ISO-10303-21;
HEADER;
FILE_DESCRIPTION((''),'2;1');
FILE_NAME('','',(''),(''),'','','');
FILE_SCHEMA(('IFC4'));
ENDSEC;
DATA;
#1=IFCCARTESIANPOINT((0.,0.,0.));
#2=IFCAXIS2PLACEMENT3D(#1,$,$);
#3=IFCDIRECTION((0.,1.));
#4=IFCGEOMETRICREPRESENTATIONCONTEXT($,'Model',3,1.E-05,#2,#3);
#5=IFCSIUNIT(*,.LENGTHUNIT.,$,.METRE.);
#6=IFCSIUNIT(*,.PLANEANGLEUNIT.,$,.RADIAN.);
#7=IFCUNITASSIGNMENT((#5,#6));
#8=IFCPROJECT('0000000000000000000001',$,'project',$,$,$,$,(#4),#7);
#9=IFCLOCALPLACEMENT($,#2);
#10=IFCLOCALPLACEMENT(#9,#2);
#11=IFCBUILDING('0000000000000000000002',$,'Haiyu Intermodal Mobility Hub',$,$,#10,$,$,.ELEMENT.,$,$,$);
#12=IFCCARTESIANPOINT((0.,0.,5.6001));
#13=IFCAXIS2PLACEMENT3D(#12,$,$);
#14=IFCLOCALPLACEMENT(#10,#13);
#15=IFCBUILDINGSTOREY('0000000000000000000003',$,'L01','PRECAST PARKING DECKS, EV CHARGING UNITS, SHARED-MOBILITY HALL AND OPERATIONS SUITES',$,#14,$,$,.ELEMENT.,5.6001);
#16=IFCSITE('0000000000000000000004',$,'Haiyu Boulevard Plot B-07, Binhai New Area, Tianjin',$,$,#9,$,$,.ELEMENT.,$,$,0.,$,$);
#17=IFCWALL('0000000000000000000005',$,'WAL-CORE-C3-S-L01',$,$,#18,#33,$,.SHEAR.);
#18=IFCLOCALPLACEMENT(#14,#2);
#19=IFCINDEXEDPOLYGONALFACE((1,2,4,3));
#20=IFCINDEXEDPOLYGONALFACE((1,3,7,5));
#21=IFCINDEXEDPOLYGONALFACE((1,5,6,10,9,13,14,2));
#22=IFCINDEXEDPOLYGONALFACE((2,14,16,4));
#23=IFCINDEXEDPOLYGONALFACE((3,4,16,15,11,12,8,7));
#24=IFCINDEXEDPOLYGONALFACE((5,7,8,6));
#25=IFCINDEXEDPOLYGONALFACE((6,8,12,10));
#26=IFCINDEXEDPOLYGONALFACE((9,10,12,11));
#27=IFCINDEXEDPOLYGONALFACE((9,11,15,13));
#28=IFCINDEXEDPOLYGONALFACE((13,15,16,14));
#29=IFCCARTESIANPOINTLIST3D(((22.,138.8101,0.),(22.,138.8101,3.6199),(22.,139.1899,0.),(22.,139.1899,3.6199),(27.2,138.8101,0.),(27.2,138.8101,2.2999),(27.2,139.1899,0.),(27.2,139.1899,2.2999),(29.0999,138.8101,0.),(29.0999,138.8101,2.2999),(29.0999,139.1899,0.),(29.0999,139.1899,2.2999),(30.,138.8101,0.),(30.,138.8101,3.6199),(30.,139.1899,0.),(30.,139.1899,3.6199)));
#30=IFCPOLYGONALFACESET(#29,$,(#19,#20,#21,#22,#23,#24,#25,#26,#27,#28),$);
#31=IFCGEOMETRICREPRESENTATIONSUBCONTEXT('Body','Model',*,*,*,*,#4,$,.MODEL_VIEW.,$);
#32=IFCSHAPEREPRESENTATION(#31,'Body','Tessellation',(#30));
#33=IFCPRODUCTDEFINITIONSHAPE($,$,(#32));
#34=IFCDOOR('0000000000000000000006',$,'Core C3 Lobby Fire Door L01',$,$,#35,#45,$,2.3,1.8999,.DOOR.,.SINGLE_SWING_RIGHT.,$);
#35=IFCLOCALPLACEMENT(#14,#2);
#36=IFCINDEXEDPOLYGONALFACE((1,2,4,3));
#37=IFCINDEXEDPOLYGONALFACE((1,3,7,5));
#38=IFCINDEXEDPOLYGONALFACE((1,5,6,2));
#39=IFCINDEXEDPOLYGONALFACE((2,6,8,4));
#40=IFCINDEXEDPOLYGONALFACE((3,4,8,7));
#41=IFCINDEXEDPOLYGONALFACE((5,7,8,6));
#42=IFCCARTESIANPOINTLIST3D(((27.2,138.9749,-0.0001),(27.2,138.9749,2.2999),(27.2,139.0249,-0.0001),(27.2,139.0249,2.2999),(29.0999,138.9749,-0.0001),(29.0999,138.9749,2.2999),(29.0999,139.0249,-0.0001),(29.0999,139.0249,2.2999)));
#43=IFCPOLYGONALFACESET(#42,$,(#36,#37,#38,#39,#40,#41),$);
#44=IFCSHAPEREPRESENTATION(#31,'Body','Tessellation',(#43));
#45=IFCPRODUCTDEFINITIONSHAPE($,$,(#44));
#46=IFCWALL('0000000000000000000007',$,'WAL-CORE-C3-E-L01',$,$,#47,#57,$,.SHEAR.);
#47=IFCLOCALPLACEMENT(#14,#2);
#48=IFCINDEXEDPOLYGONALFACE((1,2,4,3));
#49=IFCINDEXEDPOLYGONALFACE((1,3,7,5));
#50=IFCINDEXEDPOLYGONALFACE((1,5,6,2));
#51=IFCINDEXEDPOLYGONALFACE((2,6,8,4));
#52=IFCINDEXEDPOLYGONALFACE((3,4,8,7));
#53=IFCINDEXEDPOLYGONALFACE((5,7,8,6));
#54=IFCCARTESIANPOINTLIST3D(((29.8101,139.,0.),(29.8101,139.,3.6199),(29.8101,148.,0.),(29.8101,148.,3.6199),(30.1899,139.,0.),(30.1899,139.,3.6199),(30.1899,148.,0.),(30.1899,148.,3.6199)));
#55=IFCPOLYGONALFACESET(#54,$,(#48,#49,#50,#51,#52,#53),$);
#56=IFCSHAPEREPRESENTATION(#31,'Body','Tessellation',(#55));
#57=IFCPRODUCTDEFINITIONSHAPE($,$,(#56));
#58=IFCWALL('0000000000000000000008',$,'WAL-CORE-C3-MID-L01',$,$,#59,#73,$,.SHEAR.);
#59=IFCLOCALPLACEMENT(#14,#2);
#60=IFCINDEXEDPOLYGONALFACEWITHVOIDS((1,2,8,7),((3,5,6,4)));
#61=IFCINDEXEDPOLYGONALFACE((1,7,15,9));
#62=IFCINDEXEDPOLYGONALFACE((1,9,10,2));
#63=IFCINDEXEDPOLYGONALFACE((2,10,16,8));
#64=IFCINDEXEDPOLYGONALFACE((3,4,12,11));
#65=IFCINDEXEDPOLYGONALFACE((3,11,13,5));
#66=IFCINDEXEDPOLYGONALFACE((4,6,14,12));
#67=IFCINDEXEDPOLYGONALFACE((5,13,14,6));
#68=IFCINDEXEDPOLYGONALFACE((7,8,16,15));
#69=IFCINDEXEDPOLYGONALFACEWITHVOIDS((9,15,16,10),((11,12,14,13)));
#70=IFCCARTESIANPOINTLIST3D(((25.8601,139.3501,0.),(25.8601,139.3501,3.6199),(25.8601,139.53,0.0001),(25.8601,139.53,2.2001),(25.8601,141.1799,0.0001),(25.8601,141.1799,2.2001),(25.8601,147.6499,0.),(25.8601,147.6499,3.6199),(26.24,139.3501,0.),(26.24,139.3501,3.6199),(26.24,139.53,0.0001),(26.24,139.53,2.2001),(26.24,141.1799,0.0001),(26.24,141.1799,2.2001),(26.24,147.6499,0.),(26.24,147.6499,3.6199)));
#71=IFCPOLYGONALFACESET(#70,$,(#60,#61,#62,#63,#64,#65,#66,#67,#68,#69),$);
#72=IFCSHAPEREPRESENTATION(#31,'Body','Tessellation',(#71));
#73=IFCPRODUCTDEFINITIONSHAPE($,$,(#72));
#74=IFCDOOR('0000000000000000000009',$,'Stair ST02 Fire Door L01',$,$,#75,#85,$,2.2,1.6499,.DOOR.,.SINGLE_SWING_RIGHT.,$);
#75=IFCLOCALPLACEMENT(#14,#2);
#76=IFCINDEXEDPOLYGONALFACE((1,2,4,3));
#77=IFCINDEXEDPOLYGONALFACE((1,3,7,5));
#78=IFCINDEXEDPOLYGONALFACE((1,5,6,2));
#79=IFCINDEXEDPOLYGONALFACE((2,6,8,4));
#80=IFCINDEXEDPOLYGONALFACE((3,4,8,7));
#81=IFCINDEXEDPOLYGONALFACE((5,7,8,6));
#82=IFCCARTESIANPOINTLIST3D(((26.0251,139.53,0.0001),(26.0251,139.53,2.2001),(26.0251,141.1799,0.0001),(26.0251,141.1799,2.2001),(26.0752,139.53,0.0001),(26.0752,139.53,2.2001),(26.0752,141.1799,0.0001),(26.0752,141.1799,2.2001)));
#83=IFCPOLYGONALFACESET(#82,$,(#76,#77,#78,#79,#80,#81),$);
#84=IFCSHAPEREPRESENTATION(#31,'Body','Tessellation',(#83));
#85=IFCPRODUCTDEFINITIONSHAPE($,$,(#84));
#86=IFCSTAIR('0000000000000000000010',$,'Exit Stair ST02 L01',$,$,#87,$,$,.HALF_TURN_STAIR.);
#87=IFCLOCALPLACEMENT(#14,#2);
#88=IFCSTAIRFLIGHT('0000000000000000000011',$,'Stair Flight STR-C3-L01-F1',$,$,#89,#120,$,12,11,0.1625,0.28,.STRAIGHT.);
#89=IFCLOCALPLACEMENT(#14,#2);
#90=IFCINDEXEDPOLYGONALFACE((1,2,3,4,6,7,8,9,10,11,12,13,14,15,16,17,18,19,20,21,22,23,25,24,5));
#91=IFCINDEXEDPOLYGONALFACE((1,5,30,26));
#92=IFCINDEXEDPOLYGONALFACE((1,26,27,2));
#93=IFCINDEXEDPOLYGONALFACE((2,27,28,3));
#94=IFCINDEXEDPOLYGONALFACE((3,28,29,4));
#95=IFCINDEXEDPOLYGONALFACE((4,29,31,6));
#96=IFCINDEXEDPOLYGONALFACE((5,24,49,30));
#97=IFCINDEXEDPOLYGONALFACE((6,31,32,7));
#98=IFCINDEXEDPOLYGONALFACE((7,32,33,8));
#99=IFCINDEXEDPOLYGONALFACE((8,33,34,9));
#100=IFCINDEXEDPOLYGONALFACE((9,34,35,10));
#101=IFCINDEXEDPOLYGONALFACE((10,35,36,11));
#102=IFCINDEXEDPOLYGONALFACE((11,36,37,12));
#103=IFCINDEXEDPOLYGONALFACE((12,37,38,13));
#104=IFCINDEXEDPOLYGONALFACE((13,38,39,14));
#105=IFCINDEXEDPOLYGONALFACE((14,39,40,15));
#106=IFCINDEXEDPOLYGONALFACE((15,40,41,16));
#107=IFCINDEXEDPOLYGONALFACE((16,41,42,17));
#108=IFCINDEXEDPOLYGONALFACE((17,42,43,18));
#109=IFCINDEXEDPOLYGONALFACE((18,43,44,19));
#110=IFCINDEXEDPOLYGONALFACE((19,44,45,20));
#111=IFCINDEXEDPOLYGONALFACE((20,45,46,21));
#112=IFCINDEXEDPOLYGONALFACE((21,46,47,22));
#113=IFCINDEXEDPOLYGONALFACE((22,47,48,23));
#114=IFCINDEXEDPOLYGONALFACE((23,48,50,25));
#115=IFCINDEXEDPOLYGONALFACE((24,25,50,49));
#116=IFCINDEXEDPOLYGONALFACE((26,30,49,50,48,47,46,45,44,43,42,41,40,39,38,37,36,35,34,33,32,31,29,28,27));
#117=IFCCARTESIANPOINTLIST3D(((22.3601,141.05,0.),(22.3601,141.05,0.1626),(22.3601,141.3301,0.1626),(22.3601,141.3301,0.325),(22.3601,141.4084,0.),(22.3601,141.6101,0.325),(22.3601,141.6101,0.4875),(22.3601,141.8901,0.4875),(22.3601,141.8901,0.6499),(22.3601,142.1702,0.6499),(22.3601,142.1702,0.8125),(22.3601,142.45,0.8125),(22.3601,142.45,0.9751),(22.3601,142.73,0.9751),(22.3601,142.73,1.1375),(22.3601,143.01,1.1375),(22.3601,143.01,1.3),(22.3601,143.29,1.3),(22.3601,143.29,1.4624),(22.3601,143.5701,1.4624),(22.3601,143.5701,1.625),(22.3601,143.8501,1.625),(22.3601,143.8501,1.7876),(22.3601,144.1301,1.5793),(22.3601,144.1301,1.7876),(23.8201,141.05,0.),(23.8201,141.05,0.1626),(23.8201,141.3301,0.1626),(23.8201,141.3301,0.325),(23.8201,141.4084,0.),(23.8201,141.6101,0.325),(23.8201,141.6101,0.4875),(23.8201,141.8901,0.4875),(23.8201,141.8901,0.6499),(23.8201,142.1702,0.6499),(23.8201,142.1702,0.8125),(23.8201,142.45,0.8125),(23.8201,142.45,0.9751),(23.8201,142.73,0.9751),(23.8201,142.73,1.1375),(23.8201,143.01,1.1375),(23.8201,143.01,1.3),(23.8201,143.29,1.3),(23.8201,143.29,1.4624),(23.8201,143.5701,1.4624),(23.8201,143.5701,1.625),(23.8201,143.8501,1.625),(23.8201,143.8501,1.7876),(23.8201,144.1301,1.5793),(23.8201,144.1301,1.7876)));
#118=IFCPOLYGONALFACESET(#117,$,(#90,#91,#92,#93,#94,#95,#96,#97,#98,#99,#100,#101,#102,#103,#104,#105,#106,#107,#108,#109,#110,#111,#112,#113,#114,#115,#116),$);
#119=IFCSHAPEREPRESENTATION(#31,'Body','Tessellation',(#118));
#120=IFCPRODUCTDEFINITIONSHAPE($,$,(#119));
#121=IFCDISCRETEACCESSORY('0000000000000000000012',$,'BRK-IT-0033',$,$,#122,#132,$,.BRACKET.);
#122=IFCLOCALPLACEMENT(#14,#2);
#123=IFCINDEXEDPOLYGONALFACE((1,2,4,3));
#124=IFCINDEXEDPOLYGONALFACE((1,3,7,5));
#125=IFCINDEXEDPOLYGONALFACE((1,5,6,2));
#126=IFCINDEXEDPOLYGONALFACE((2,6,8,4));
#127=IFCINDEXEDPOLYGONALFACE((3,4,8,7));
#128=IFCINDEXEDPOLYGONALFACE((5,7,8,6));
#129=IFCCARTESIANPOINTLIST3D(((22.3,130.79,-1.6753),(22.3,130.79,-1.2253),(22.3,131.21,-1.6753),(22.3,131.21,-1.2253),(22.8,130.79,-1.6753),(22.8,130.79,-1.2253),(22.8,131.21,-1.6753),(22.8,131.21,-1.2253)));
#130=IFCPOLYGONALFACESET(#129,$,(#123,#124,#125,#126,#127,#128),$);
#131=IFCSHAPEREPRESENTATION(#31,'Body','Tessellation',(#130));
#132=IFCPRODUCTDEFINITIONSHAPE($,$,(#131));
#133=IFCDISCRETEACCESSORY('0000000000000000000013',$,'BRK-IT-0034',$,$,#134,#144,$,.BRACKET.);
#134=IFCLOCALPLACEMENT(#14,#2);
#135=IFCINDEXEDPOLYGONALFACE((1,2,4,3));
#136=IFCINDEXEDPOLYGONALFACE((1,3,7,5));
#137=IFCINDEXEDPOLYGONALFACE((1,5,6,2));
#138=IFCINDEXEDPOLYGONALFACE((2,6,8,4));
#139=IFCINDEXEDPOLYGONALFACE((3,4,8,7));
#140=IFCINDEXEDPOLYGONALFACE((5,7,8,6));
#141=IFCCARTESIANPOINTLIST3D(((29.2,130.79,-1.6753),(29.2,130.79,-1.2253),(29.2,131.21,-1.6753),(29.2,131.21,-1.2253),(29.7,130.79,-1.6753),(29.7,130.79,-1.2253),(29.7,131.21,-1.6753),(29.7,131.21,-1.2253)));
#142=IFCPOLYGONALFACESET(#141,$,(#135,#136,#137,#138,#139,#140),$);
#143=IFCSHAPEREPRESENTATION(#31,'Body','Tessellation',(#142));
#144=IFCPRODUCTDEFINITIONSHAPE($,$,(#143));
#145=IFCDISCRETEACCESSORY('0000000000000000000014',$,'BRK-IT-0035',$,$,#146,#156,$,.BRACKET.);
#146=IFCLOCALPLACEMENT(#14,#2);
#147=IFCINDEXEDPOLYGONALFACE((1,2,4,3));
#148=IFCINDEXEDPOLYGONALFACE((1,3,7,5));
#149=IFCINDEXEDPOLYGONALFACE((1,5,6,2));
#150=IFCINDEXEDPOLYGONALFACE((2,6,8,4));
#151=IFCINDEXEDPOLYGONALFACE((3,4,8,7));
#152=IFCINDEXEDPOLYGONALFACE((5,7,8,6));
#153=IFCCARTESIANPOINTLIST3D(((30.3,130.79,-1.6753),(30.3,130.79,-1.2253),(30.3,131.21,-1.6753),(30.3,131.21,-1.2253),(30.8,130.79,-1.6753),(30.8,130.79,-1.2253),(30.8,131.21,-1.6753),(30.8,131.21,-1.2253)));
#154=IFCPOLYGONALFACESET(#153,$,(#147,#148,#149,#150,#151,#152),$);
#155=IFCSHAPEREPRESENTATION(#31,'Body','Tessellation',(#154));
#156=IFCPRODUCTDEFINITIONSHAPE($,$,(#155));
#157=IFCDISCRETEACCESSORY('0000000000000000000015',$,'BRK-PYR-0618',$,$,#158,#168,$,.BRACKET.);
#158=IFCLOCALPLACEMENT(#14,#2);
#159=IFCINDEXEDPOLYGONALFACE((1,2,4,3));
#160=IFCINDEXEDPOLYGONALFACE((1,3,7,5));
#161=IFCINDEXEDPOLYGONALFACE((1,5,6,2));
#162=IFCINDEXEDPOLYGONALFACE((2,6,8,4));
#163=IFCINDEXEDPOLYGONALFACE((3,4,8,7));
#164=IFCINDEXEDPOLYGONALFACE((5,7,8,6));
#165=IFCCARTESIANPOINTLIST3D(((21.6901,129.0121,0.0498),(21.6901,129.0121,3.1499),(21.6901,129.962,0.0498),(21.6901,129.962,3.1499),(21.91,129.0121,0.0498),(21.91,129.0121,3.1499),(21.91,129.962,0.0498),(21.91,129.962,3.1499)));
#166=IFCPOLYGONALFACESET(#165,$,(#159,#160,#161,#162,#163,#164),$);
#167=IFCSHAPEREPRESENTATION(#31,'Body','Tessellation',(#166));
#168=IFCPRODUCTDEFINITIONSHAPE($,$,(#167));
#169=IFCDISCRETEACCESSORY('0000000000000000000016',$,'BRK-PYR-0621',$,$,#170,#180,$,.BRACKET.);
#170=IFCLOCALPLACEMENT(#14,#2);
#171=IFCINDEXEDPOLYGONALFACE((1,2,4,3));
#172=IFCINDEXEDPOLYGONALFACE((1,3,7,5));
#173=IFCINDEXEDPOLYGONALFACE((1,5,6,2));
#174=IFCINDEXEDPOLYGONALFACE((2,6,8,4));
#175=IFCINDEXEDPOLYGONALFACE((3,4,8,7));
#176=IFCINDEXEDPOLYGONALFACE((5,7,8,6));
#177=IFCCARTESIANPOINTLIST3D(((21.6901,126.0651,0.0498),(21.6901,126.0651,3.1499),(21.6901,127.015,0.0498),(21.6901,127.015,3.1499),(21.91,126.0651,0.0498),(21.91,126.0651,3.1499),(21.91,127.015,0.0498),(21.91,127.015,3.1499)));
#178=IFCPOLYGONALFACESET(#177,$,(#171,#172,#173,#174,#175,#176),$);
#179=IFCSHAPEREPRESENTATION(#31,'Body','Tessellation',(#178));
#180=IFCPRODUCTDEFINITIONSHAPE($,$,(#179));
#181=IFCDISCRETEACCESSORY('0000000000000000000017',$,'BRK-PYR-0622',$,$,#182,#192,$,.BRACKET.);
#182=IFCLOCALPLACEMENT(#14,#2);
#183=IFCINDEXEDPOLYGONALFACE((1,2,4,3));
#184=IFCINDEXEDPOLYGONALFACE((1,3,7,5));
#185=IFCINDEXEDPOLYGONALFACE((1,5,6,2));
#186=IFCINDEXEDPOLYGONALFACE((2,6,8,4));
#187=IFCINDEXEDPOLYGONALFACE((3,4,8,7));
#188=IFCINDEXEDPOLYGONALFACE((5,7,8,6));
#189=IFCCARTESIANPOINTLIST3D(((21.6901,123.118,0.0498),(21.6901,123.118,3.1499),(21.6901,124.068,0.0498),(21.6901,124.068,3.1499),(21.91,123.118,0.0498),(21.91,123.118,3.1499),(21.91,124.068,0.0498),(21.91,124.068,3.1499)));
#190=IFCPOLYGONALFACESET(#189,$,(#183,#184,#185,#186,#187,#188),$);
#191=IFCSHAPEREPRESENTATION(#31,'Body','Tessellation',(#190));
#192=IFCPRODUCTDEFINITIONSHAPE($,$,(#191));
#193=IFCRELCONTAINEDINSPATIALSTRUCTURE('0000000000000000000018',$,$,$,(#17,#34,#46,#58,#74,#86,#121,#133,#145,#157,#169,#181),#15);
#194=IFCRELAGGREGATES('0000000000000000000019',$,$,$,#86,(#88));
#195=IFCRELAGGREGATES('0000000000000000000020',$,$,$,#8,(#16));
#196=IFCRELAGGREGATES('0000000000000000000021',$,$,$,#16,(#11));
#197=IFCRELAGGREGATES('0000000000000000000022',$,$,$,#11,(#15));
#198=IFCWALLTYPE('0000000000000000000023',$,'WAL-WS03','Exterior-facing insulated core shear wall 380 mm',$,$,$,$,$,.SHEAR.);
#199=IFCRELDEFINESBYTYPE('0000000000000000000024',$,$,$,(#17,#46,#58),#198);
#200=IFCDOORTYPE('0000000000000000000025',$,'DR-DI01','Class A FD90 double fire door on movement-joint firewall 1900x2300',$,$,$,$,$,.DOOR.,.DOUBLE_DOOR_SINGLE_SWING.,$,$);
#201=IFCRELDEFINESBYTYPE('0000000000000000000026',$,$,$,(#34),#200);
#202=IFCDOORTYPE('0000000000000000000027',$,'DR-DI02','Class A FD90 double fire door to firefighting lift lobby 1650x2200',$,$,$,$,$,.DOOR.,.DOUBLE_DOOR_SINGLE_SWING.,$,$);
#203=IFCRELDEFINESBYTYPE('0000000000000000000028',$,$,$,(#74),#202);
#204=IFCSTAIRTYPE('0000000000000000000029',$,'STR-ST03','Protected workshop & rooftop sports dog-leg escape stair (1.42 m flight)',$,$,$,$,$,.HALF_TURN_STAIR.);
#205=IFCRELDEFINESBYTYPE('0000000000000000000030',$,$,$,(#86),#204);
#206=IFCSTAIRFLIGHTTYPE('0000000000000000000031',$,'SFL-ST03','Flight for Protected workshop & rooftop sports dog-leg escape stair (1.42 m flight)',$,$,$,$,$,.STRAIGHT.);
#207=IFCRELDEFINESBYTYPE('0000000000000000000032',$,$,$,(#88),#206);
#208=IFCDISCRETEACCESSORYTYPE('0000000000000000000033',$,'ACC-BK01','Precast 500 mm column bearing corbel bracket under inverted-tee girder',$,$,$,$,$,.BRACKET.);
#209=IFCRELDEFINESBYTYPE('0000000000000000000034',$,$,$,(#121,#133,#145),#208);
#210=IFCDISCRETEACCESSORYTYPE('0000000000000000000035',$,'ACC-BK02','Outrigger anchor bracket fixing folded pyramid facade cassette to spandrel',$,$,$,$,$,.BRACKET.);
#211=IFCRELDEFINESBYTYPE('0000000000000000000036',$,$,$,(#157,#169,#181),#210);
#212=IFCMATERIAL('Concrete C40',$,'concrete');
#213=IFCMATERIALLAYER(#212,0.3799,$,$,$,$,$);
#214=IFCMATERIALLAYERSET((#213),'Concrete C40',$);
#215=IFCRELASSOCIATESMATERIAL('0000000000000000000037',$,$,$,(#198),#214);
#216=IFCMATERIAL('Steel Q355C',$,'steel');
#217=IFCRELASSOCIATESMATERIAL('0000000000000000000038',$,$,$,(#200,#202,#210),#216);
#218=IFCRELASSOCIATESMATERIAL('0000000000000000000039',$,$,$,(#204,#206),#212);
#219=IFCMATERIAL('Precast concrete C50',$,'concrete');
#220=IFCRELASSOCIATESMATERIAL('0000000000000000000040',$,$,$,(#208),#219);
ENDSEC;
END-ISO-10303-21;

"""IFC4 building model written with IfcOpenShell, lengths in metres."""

from ifc_helpers import new_model, si_unit, direction, frame, frame_2d, origin, origin_2d, place, context, subcontext, project, spatial, polyline, rectangle, outline, extrude, material, layer, layer_set, type_object, element, fill, aggregate, save


model = new_model("IFC4")

# Units and contexts
model_context = context("Model", 3, precision=1e-05, world=origin(), true_north=direction((0.0, 1.0)))
body_context = subcontext(model_context, "Body", "Model", "MODEL_VIEW")
ifc_project = project(units=[si_unit("LENGTHUNIT", "METRE"), si_unit("PLANEANGLEUNIT", "RADIAN")], contexts=[model_context])

# Site, building, storey
site_placement = place(None, origin())
site = spatial("IfcSite", under=ifc_project, at=site_placement, Name="Haiyu Boulevard Plot B-07, Binhai New Area, Tianjin", CompositionType="ELEMENT", RefElevation=0.0)
building_placement = place(site_placement, origin())
building = spatial("IfcBuilding", under=site, at=building_placement, Name="Haiyu Intermodal Mobility Hub", CompositionType="ELEMENT")
storey_placement = place(building_placement, frame((0.0, 0.0, 5.6001)))
storey = spatial("IfcBuildingStorey", under=building, at=storey_placement, Name="L01", Description="PRECAST PARKING DECKS, EV CHARGING UNITS, SHARED-MOBILITY HALL AND OPERATIONS SUITES", CompositionType="ELEMENT", Elevation=5.6001)

# Shared definitions
ifc_material_1 = material(Name="Steel Q355C", Category="steel")

# Shared definitions
ifc_material_2 = material(Name="Concrete C40", Category="concrete")
ifc_material_3 = material(Name="Precast concrete C50", Category="concrete")

# Wall, opening, door
ifc_layer_1 = layer(ifc_material_2, 0.3799)
ifc_layer_set_1 = layer_set([ifc_layer_1], Name="Concrete C40")
wall_type = type_object("IfcWallType", Name="WAL-WS03", Description="Exterior-facing insulated core shear wall 380 mm", PredefinedType="SHEAR", material=ifc_layer_set_1)
wall_1_placement = place(storey_placement, frame((22.0, 139.0, 0.0), z_axis=(0.0, 0.0, 1.0), x_axis=(1.0, 0.0, 0.0)))
wall_1 = element("IfcWall", 1, at=wall_1_placement, inside=storey, type_object=wall_type, Name="WAL-CORE-C3-S-L01", PredefinedType="SHEAR", context=body_context, shape_type="SweptSolid", body=[
    extrude(rectangle(XDim=8.0, YDim=0.3799, at=frame_2d((4.0, 0.0))), origin(), (0.0, 0.0, 1.0), 3.6199),
])
opening_1_placement = place(wall_1_placement, frame((5.2, 0.0, 0.0)))
opening_1 = element("IfcOpeningElement", 2, at=opening_1_placement, cuts=wall_1, PredefinedType="OPENING", context=body_context, shape_type="SweptSolid", body=[
    extrude(rectangle(XDim=1.8999, YDim=2.3, at=frame_2d((0.95, 1.1499))), frame((0.0, 0.2, 0.0), z_axis=(0.0, -1.0, 0.0), x_axis=(1.0, 0.0, 0.0)), (0.0, 0.0, 1.0), 0.3999),
])
door_type_1 = type_object("IfcDoorType", Name="DR-DI01", Description="Class A FD90 double fire door on movement-joint firewall 1900x2300", OperationType="DOUBLE_DOOR_SINGLE_SWING", PredefinedType="DOOR", material=ifc_material_1)
door_1_placement = place(opening_1_placement, origin())
door_1 = element("IfcDoor", 3, at=door_1_placement, inside=storey, type_object=door_type_1, Name="Core C3 Lobby Fire Door L01", OperationType="SINGLE_SWING_RIGHT", OverallHeight=2.3, OverallWidth=1.8999, PredefinedType="DOOR", context=body_context, shape_type="SweptSolid", body=[
    extrude(rectangle(XDim=1.8999, YDim=2.3, at=frame_2d((0.95, 1.1499))), frame((0.0, 0.0249, 0.0), z_axis=(0.0, -1.0, 0.0), x_axis=(1.0, 0.0, 0.0)), (0.0, 0.0, 1.0), 0.05),
])
fill(opening_1, door_1)

# Wall
wall_2_placement = place(storey_placement, frame((30.0, 139.0, 0.0), z_axis=(0.0, 0.0, 1.0), x_axis=(0.0, 1.0, 0.0)))
element("IfcWall", 4, at=wall_2_placement, inside=storey, type_object=wall_type, Name="WAL-CORE-C3-E-L01", PredefinedType="SHEAR", context=body_context, shape_type="SweptSolid", body=[
    extrude(rectangle(XDim=9.0, YDim=0.3799, at=frame_2d((4.5, 0.0))), origin(), (0.0, 0.0, 1.0), 3.6199),
])

# Wall, opening, door
wall_3_placement = place(storey_placement, frame((26.05, 139.3501, 0.0), z_axis=(0.0, 0.0, 1.0), x_axis=(0.0, 1.0, 0.0)))
wall_3 = element("IfcWall", 5, at=wall_3_placement, inside=storey, type_object=wall_type, Name="WAL-CORE-C3-MID-L01", PredefinedType="SHEAR", context=body_context, shape_type="SweptSolid", body=[
    extrude(rectangle(XDim=8.2998, YDim=0.3799, at=frame_2d((4.1499, 0.0))), origin(), (0.0, 0.0, 1.0), 3.6199),
])
opening_2_placement = place(wall_3_placement, frame((0.1799, 0.0, 0.0)))
opening_2 = element("IfcOpeningElement", 6, at=opening_2_placement, cuts=wall_3, PredefinedType="OPENING", context=body_context, shape_type="SweptSolid", body=[
    extrude(rectangle(XDim=1.6499, YDim=2.2, at=frame_2d((0.825, 1.1001))), frame((0.0, 0.2, 0.0), z_axis=(0.0, -1.0, 0.0), x_axis=(1.0, 0.0, 0.0)), (0.0, 0.0, 1.0), 0.3999),
])
door_type_2 = type_object("IfcDoorType", Name="DR-DI02", Description="Class A FD90 double fire door to firefighting lift lobby 1650x2200", OperationType="DOUBLE_DOOR_SINGLE_SWING", PredefinedType="DOOR", material=ifc_material_1)
door_2_placement = place(opening_2_placement, origin())
door_2 = element("IfcDoor", 7, at=door_2_placement, inside=storey, type_object=door_type_2, Name="Stair ST02 Fire Door L01", OperationType="SINGLE_SWING_RIGHT", OverallHeight=2.2, OverallWidth=1.6499, PredefinedType="DOOR", context=body_context, shape_type="SweptSolid", body=[
    extrude(rectangle(XDim=1.6499, YDim=2.2, at=frame_2d((0.825, 1.1001))), frame((0.0, 0.0249, 0.0), z_axis=(0.0, -1.0, 0.0), x_axis=(1.0, 0.0, 0.0)), (0.0, 0.0, 1.0), 0.05),
])
fill(opening_2, door_2)

# Stair, stair flight
stair_type = type_object("IfcStairType", Name="STR-ST03", Description="Protected workshop & rooftop sports dog-leg escape stair (1.42 m flight)", PredefinedType="HALF_TURN_STAIR", material=ifc_material_2)
stair_placement = place(storey_placement, origin())
stair = element("IfcStair", 8, at=stair_placement, inside=storey, type_object=stair_type, Name="Exit Stair ST02 L01", PredefinedType="HALF_TURN_STAIR")
stair_flight_type = type_object("IfcStairFlightType", Name="SFL-ST03", Description="Flight for Protected workshop & rooftop sports dog-leg escape stair (1.42 m flight)", PredefinedType="STRAIGHT", material=ifc_material_2)
stair_flight_placement = place(storey_placement, frame((23.0901, 141.05, 0.0), z_axis=(0.0, 0.0, 1.0), x_axis=(0.0, 1.0, 0.0)))
stair_flight = element("IfcStairFlight", 9, at=stair_flight_placement, type_object=stair_flight_type, Name="Stair Flight STR-C3-L01-F1", NumberOfRisers=12, NumberOfTreads=11, PredefinedType="STRAIGHT", RiserHeight=0.1625, TreadLength=0.28, context=body_context, shape_type="SweptSolid", body=[
    extrude(outline(polyline([(0.0, 0.0), (0.0, 0.1626), (0.28, 0.1626), (0.28, 0.325), (0.5601, 0.325), (0.5601, 0.4875), (0.8401, 0.4875), (0.8401, 0.6499), (1.1201, 0.6499), (1.1201, 0.8125), (1.3999, 0.8125), (1.3999, 0.9751), (1.6799, 0.9751), (1.6799, 1.1375), (1.96, 1.1375), (1.96, 1.3), (2.24, 1.3), (2.24, 1.4624), (2.52, 1.4624), (2.52, 1.625), (2.8, 1.625), (2.8, 1.7876), (3.0801, 1.7876), (3.0801, 1.95), (3.0801, 1.5793), (0.3584, 0.0), (0.0, 0.0)])), frame((0.0, 0.73, 0.0), z_axis=(0.0, -1.0, 0.0), x_axis=(1.0, 0.0, 0.0)), (0.0, 0.0, 1.0), 1.46),
])
aggregate(stair, [stair_flight])

# Discrete accessories
discrete_accessory_type_1 = type_object("IfcDiscreteAccessoryType", Name="ACC-BK01", Description="Precast 500 mm column bearing corbel bracket under inverted-tee girder", PredefinedType="BRACKET", material=ifc_material_3)
for number, where, z_axis, x_axis, name in (
    (10, (22.55, 131.0, -1.6753), (0.0, 0.0, 1.0), (1.0, 0.0, 0.0), "BRK-IT-0033"),
    (11, (29.45, 131.0, -1.6753), (0.0, 0.0, 1.0), (1.0, 0.0, 0.0), "BRK-IT-0034"),
    (12, (30.55, 131.0, -1.6753), (0.0, 0.0, 1.0), (1.0, 0.0, 0.0), "BRK-IT-0035"),
):
    element("IfcDiscreteAccessory", number, at=place(storey_placement, frame(where, z_axis=z_axis, x_axis=x_axis)), inside=storey, type_object=discrete_accessory_type_1, Name=name, PredefinedType="BRACKET", context=body_context, shape_type="SweptSolid", body=[
        extrude(rectangle(XDim=0.5, YDim=0.4199, at=origin_2d()), origin(), (0.0, 0.0, 1.0), 0.45),
    ])
discrete_accessory_type_2 = type_object("IfcDiscreteAccessoryType", Name="ACC-BK02", Description="Outrigger anchor bracket fixing folded pyramid facade cassette to spandrel", PredefinedType="BRACKET", material=ifc_material_1)
for number, where, z_axis, x_axis, name in (
    (13, (21.8, 129.4871, 0.0498), (0.0, 0.0, 1.0), (1.0, 0.0, 0.0), "BRK-PYR-0618"),
    (14, (21.8, 126.54, 0.0498), (0.0, 0.0, 1.0), (1.0, 0.0, 0.0), "BRK-PYR-0621"),
    (15, (21.8, 123.593, 0.0498), (0.0, 0.0, 1.0), (1.0, 0.0, 0.0), "BRK-PYR-0622"),
):
    element("IfcDiscreteAccessory", number, at=place(storey_placement, frame(where, z_axis=z_axis, x_axis=x_axis)), inside=storey, type_object=discrete_accessory_type_2, Name=name, PredefinedType="BRACKET", context=body_context, shape_type="SweptSolid", body=[
        extrude(rectangle(XDim=0.22, YDim=0.95, at=origin_2d()), origin(), (0.0, 0.0, 1.0), 3.1001),
    ])

save(model, "model.ifc")
